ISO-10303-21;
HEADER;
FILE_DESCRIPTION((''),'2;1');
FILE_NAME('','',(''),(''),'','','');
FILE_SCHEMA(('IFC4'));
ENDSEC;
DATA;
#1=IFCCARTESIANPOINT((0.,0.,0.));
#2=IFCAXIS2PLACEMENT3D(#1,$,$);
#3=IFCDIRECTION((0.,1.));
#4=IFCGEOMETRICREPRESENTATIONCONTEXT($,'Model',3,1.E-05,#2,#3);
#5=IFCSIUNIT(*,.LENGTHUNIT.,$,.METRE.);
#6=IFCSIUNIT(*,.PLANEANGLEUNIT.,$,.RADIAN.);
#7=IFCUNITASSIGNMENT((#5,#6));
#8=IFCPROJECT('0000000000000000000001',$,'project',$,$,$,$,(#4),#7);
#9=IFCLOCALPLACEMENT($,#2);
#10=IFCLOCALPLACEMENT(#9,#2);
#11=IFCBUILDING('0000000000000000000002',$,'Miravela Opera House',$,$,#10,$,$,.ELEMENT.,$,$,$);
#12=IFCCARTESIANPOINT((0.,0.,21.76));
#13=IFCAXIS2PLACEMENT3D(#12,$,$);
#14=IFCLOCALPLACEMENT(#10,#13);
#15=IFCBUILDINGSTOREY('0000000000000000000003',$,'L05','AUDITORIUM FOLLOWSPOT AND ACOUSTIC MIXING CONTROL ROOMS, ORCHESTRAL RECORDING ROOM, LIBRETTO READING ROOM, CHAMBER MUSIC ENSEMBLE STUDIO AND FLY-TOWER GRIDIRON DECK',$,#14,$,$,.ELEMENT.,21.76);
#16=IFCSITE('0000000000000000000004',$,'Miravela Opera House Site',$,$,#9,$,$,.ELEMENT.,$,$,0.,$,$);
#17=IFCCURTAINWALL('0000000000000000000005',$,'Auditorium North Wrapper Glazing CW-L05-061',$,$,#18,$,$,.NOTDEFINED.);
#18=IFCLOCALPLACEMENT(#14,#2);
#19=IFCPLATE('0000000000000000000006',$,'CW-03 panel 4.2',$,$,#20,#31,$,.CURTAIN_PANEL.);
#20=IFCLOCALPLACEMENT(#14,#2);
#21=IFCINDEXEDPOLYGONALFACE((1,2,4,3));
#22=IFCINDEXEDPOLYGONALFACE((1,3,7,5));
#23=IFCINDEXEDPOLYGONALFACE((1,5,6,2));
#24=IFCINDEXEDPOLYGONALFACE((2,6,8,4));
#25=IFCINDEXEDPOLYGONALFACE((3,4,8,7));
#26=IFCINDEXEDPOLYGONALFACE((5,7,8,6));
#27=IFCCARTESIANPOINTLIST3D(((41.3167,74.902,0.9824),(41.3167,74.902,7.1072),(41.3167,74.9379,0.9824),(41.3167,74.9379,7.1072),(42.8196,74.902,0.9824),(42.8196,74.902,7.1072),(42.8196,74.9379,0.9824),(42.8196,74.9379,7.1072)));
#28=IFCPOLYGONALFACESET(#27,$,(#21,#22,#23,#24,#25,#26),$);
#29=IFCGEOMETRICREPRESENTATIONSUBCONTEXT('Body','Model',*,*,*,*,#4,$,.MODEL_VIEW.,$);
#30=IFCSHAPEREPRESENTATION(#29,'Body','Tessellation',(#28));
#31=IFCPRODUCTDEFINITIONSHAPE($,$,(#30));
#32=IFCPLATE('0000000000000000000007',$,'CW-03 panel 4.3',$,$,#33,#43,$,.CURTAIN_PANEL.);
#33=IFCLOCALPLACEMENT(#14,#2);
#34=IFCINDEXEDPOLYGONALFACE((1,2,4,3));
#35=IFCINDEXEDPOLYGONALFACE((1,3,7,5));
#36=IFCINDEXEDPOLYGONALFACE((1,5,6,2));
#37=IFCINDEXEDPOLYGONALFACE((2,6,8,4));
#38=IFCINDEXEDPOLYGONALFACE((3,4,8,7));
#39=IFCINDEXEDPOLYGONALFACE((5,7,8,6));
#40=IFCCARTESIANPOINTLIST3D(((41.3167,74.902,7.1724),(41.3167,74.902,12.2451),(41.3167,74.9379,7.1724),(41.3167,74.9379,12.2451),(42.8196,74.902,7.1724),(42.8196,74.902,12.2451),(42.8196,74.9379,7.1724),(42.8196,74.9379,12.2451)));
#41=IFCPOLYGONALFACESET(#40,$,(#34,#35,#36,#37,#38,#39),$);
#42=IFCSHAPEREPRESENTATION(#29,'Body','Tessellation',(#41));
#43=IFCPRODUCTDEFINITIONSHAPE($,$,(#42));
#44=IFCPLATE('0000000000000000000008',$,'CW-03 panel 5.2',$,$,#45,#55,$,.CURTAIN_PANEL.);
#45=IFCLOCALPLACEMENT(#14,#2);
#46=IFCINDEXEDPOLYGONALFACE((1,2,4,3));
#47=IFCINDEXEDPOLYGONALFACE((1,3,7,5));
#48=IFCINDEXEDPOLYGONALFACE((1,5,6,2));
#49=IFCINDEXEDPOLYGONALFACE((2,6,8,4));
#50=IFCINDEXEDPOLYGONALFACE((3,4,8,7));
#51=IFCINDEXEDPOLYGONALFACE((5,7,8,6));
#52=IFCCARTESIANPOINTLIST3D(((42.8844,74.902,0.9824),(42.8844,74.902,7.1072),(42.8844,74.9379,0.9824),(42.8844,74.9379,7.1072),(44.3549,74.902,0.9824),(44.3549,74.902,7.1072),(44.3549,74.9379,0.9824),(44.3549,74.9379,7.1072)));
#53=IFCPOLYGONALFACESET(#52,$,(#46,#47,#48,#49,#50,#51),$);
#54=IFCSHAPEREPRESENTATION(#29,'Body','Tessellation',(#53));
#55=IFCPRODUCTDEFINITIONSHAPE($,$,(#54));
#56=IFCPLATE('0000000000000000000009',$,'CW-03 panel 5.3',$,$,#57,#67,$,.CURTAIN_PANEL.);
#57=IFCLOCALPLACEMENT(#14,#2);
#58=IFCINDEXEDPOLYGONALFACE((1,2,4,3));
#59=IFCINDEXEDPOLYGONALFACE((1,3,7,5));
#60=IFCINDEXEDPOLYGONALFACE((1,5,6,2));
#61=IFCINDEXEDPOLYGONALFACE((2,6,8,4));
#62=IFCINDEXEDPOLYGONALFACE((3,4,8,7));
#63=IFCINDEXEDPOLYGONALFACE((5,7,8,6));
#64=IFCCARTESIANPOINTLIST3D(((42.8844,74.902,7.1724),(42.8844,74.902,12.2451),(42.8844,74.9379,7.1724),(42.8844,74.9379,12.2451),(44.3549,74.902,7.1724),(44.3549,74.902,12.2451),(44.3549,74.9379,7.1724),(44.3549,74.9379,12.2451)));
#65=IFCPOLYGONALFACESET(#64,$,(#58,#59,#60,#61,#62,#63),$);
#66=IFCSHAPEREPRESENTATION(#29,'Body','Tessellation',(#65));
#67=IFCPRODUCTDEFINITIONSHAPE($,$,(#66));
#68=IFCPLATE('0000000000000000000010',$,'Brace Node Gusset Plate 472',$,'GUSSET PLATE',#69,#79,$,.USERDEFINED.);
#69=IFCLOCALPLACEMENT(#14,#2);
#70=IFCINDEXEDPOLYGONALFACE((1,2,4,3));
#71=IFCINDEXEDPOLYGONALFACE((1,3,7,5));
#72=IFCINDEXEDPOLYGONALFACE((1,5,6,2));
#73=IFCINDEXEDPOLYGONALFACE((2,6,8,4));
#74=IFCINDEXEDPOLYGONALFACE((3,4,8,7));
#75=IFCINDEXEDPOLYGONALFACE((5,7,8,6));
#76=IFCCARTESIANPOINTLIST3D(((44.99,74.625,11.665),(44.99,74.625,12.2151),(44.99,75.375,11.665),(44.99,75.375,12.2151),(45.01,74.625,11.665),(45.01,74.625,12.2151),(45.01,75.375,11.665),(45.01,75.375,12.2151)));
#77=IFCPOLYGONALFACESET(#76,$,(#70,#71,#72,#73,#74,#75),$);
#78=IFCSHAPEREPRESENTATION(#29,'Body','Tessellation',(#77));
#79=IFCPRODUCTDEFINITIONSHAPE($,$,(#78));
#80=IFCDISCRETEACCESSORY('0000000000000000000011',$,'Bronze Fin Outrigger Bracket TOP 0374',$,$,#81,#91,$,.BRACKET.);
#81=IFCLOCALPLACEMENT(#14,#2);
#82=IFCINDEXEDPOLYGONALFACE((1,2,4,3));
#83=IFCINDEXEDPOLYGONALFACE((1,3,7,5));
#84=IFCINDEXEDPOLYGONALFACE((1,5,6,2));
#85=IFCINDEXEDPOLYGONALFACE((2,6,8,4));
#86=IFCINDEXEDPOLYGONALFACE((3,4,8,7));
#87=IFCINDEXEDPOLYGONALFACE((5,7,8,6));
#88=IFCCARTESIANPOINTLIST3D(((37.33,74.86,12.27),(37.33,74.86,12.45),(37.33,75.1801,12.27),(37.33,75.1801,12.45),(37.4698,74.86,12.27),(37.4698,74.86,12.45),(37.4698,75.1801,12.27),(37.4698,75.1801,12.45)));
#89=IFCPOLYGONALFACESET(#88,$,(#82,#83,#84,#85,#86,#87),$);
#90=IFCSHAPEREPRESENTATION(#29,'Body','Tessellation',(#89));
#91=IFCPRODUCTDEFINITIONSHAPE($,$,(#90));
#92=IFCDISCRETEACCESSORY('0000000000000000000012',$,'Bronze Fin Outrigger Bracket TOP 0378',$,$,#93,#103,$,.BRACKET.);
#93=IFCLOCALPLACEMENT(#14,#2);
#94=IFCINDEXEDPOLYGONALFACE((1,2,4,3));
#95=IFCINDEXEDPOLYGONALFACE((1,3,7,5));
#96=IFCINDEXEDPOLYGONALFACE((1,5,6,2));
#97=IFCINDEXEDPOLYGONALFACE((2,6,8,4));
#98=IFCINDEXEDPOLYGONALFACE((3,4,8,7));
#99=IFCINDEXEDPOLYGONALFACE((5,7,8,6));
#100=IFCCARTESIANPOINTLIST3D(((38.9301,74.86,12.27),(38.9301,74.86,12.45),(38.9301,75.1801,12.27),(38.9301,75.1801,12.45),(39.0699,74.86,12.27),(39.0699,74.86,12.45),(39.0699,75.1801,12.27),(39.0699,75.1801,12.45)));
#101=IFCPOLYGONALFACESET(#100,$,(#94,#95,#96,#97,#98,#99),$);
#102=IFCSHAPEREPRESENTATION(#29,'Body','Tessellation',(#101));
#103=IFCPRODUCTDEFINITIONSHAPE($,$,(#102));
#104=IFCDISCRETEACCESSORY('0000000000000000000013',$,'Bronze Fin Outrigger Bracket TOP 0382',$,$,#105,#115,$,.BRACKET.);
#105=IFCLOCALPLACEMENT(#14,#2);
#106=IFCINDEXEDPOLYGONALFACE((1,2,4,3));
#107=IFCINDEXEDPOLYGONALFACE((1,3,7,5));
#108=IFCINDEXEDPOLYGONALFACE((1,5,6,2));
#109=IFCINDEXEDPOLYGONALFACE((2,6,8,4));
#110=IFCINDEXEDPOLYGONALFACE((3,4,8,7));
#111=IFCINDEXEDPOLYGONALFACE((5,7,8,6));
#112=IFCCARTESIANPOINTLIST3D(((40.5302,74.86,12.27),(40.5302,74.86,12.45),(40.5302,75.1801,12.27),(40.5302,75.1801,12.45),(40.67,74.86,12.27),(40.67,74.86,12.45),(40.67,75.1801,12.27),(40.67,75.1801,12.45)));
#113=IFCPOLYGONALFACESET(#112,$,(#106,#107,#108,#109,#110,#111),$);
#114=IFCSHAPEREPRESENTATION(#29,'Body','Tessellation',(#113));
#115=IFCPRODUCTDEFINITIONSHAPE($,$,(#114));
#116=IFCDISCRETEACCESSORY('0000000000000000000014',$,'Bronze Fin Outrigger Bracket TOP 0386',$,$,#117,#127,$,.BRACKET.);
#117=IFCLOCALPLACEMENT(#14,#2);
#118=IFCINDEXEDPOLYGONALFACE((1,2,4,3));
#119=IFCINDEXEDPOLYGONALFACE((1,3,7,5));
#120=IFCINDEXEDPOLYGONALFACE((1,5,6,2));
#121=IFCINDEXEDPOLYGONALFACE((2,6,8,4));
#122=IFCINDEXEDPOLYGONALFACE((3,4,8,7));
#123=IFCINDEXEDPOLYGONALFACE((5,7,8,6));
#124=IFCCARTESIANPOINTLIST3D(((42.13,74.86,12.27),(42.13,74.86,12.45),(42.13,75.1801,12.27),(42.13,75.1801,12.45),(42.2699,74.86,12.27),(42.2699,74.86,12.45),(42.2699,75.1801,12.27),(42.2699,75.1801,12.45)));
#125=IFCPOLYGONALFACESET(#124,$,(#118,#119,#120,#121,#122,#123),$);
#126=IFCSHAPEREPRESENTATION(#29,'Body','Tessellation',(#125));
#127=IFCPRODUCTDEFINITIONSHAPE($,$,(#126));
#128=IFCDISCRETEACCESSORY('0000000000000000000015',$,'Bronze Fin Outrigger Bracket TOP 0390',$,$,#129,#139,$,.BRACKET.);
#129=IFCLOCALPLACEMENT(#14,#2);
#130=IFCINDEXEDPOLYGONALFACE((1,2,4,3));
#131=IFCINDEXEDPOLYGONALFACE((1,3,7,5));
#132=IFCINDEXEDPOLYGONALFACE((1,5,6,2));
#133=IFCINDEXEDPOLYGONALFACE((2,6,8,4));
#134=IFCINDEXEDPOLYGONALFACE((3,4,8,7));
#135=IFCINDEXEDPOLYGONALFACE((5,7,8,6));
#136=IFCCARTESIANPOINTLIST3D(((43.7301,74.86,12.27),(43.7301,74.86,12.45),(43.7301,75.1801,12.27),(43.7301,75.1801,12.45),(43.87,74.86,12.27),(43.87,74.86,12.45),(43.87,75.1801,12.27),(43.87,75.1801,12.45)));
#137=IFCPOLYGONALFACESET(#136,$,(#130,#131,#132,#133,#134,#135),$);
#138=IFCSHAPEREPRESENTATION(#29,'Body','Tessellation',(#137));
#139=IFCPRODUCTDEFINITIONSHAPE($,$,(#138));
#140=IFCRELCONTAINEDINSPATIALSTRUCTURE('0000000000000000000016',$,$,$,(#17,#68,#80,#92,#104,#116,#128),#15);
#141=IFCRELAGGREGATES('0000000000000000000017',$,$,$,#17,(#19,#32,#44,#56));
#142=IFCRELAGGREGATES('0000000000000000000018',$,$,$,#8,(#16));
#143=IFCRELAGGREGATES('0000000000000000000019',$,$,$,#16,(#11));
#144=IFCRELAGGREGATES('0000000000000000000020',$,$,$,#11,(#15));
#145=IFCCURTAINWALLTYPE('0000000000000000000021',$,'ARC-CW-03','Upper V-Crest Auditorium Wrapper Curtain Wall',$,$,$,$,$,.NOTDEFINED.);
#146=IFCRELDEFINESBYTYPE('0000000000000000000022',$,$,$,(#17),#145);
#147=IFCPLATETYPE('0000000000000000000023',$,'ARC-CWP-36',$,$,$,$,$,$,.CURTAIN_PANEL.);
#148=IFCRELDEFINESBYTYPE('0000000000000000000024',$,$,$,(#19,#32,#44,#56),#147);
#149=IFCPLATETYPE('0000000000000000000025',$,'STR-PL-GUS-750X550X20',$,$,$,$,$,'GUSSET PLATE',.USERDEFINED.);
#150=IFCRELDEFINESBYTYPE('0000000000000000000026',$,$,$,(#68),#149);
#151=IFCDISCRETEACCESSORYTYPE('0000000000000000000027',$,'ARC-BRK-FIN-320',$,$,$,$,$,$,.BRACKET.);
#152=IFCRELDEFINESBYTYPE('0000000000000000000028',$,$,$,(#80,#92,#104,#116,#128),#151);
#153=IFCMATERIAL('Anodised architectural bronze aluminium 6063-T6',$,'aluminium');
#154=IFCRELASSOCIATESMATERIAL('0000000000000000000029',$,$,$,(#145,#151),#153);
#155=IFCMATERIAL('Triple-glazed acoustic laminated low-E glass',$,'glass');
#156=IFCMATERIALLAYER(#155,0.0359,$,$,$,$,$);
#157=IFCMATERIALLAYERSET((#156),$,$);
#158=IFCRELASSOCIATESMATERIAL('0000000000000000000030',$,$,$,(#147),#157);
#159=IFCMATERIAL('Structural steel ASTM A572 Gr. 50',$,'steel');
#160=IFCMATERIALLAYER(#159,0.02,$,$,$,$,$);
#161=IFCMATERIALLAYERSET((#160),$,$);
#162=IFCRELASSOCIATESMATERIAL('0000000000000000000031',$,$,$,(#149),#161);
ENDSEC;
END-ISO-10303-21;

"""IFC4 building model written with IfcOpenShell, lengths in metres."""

from ifc_helpers import new_model, si_unit, direction, frame, origin, origin_2d, place, context, subcontext, project, spatial, rectangle, extrude, material, layer, layer_set, type_object, element, aggregate, save


model = new_model("IFC4")

# Units and contexts
model_context = context("Model", 3, precision=1e-05, world=origin(), true_north=direction((0.0, 1.0)))
body_context = subcontext(model_context, "Body", "Model", "MODEL_VIEW")
ifc_project = project(units=[si_unit("LENGTHUNIT", "METRE"), si_unit("PLANEANGLEUNIT", "RADIAN")], contexts=[model_context])

# Site, building, storey
site_placement = place(None, origin())
site = spatial("IfcSite", under=ifc_project, at=site_placement, Name="Miravela Opera House Site", CompositionType="ELEMENT", RefElevation=0.0)
building_placement = place(site_placement, origin())
building = spatial("IfcBuilding", under=site, at=building_placement, Name="Miravela Opera House", CompositionType="ELEMENT")
storey_placement = place(building_placement, frame((0.0, 0.0, 21.76)))
storey = spatial("IfcBuildingStorey", under=building, at=storey_placement, Name="L05", Description="AUDITORIUM FOLLOWSPOT AND ACOUSTIC MIXING CONTROL ROOMS, ORCHESTRAL RECORDING ROOM, LIBRETTO READING ROOM, CHAMBER MUSIC ENSEMBLE STUDIO AND FLY-TOWER GRIDIRON DECK", CompositionType="ELEMENT", Elevation=21.76)

# Curtain wall, plates
ifc_material_1 = material(Name="Anodised architectural bronze aluminium 6063-T6", Category="aluminium")
curtain_wall_type = type_object("IfcCurtainWallType", Name="ARC-CW-03", Description="Upper V-Crest Auditorium Wrapper Curtain Wall", PredefinedType="NOTDEFINED", material=ifc_material_1)
curtain_wall_placement = place(storey_placement, origin())
curtain_wall = element("IfcCurtainWall", 1, at=curtain_wall_placement, inside=storey, type_object=curtain_wall_type, Name="Auditorium North Wrapper Glazing CW-L05-061", PredefinedType="NOTDEFINED")
ifc_material_2 = material(Name="Triple-glazed acoustic laminated low-E glass", Category="glass")
ifc_layer_1 = layer(ifc_material_2, 0.0359)
ifc_layer_set_1 = layer_set([ifc_layer_1])
plate_type_1 = type_object("IfcPlateType", Name="ARC-CWP-36", PredefinedType="CURTAIN_PANEL", material=ifc_layer_set_1)
plate_1_placement = place(storey_placement, frame((42.0681, 74.9199, 0.9824), z_axis=(0.0, 0.0, 1.0), x_axis=(1.0, 0.0, 0.0)))
plate_1 = element("IfcPlate", 2, at=plate_1_placement, type_object=plate_type_1, Name="CW-03 panel 4.2", PredefinedType="CURTAIN_PANEL", context=body_context, shape_type="SweptSolid", body=[
    extrude(rectangle(XDim=1.5029, YDim=0.0359, at=origin_2d()), origin(), (0.0, 0.0, 1.0), 6.1248),
])
plate_2_placement = place(storey_placement, frame((42.0681, 74.9199, 7.1724), z_axis=(0.0, 0.0, 1.0), x_axis=(1.0, 0.0, 0.0)))
plate_2 = element("IfcPlate", 3, at=plate_2_placement, type_object=plate_type_1, Name="CW-03 panel 4.3", PredefinedType="CURTAIN_PANEL", context=body_context, shape_type="SweptSolid", body=[
    extrude(rectangle(XDim=1.5029, YDim=0.0359, at=origin_2d()), origin(), (0.0, 0.0, 1.0), 5.0728),
])
plate_3_placement = place(storey_placement, frame((43.6196, 74.9199, 0.9824), z_axis=(0.0, 0.0, 1.0), x_axis=(1.0, 0.0, 0.0)))
plate_3 = element("IfcPlate", 4, at=plate_3_placement, type_object=plate_type_1, Name="CW-03 panel 5.2", PredefinedType="CURTAIN_PANEL", context=body_context, shape_type="SweptSolid", body=[
    extrude(rectangle(XDim=1.4705, YDim=0.0359, at=origin_2d()), origin(), (0.0, 0.0, 1.0), 6.1248),
])
plate_4_placement = place(storey_placement, frame((43.6196, 74.9199, 7.1724), z_axis=(0.0, 0.0, 1.0), x_axis=(1.0, 0.0, 0.0)))
plate_4 = element("IfcPlate", 5, at=plate_4_placement, type_object=plate_type_1, Name="CW-03 panel 5.3", PredefinedType="CURTAIN_PANEL", context=body_context, shape_type="SweptSolid", body=[
    extrude(rectangle(XDim=1.4705, YDim=0.0359, at=origin_2d()), origin(), (0.0, 0.0, 1.0), 5.0728),
])
aggregate(curtain_wall, [plate_1, plate_2, plate_3, plate_4])

# Plate
ifc_material_3 = material(Name="Structural steel ASTM A572 Gr. 50", Category="steel")
ifc_layer_2 = layer(ifc_material_3, 0.02)
ifc_layer_set_2 = layer_set([ifc_layer_2])
plate_type_2 = type_object("IfcPlateType", Name="STR-PL-GUS-750X550X20", ElementType="GUSSET PLATE", PredefinedType="USERDEFINED", material=ifc_layer_set_2)
plate_5_placement = place(storey_placement, frame((45.0, 75.0, 11.665), z_axis=(0.0, 0.0, 1.0), x_axis=(0.0, 1.0, 0.0)))
element("IfcPlate", 6, at=plate_5_placement, inside=storey, type_object=plate_type_2, Name="Brace Node Gusset Plate 472", ObjectType="GUSSET PLATE", PredefinedType="USERDEFINED", context=body_context, shape_type="SweptSolid", body=[
    extrude(rectangle(XDim=0.75, YDim=0.02, at=origin_2d()), origin(), (0.0, 0.0, 1.0), 0.55),
])

# Discrete accessories
discrete_accessory_type = type_object("IfcDiscreteAccessoryType", Name="ARC-BRK-FIN-320", PredefinedType="BRACKET", material=ifc_material_1)
for number, where, z_axis, x_axis, name in (
    (7, (37.3999, 75.02, 12.27), (0.0, 0.0, 1.0), (0.0, 1.0, 0.0), "Bronze Fin Outrigger Bracket TOP 0374"),
    (8, (39.0, 75.02, 12.27), (0.0, 0.0, 1.0), (0.0, 1.0, 0.0), "Bronze Fin Outrigger Bracket TOP 0378"),
    (9, (40.6001, 75.02, 12.27), (0.0, 0.0, 1.0), (0.0, 1.0, 0.0), "Bronze Fin Outrigger Bracket TOP 0382"),
    (10, (42.2, 75.02, 12.27), (0.0, 0.0, 1.0), (0.0, 1.0, 0.0), "Bronze Fin Outrigger Bracket TOP 0386"),
    (11, (43.8, 75.02, 12.27), (0.0, 0.0, 1.0), (0.0, 1.0, 0.0), "Bronze Fin Outrigger Bracket TOP 0390"),
):
    element("IfcDiscreteAccessory", number, at=place(storey_placement, frame(where, z_axis=z_axis, x_axis=x_axis)), inside=storey, type_object=discrete_accessory_type, Name=name, PredefinedType="BRACKET", context=body_context, shape_type="SweptSolid", body=[
        extrude(rectangle(XDim=0.3201, YDim=0.1399, at=origin_2d()), origin(), (0.0, 0.0, 1.0), 0.1799),
    ])

save(model, "model.ifc")
